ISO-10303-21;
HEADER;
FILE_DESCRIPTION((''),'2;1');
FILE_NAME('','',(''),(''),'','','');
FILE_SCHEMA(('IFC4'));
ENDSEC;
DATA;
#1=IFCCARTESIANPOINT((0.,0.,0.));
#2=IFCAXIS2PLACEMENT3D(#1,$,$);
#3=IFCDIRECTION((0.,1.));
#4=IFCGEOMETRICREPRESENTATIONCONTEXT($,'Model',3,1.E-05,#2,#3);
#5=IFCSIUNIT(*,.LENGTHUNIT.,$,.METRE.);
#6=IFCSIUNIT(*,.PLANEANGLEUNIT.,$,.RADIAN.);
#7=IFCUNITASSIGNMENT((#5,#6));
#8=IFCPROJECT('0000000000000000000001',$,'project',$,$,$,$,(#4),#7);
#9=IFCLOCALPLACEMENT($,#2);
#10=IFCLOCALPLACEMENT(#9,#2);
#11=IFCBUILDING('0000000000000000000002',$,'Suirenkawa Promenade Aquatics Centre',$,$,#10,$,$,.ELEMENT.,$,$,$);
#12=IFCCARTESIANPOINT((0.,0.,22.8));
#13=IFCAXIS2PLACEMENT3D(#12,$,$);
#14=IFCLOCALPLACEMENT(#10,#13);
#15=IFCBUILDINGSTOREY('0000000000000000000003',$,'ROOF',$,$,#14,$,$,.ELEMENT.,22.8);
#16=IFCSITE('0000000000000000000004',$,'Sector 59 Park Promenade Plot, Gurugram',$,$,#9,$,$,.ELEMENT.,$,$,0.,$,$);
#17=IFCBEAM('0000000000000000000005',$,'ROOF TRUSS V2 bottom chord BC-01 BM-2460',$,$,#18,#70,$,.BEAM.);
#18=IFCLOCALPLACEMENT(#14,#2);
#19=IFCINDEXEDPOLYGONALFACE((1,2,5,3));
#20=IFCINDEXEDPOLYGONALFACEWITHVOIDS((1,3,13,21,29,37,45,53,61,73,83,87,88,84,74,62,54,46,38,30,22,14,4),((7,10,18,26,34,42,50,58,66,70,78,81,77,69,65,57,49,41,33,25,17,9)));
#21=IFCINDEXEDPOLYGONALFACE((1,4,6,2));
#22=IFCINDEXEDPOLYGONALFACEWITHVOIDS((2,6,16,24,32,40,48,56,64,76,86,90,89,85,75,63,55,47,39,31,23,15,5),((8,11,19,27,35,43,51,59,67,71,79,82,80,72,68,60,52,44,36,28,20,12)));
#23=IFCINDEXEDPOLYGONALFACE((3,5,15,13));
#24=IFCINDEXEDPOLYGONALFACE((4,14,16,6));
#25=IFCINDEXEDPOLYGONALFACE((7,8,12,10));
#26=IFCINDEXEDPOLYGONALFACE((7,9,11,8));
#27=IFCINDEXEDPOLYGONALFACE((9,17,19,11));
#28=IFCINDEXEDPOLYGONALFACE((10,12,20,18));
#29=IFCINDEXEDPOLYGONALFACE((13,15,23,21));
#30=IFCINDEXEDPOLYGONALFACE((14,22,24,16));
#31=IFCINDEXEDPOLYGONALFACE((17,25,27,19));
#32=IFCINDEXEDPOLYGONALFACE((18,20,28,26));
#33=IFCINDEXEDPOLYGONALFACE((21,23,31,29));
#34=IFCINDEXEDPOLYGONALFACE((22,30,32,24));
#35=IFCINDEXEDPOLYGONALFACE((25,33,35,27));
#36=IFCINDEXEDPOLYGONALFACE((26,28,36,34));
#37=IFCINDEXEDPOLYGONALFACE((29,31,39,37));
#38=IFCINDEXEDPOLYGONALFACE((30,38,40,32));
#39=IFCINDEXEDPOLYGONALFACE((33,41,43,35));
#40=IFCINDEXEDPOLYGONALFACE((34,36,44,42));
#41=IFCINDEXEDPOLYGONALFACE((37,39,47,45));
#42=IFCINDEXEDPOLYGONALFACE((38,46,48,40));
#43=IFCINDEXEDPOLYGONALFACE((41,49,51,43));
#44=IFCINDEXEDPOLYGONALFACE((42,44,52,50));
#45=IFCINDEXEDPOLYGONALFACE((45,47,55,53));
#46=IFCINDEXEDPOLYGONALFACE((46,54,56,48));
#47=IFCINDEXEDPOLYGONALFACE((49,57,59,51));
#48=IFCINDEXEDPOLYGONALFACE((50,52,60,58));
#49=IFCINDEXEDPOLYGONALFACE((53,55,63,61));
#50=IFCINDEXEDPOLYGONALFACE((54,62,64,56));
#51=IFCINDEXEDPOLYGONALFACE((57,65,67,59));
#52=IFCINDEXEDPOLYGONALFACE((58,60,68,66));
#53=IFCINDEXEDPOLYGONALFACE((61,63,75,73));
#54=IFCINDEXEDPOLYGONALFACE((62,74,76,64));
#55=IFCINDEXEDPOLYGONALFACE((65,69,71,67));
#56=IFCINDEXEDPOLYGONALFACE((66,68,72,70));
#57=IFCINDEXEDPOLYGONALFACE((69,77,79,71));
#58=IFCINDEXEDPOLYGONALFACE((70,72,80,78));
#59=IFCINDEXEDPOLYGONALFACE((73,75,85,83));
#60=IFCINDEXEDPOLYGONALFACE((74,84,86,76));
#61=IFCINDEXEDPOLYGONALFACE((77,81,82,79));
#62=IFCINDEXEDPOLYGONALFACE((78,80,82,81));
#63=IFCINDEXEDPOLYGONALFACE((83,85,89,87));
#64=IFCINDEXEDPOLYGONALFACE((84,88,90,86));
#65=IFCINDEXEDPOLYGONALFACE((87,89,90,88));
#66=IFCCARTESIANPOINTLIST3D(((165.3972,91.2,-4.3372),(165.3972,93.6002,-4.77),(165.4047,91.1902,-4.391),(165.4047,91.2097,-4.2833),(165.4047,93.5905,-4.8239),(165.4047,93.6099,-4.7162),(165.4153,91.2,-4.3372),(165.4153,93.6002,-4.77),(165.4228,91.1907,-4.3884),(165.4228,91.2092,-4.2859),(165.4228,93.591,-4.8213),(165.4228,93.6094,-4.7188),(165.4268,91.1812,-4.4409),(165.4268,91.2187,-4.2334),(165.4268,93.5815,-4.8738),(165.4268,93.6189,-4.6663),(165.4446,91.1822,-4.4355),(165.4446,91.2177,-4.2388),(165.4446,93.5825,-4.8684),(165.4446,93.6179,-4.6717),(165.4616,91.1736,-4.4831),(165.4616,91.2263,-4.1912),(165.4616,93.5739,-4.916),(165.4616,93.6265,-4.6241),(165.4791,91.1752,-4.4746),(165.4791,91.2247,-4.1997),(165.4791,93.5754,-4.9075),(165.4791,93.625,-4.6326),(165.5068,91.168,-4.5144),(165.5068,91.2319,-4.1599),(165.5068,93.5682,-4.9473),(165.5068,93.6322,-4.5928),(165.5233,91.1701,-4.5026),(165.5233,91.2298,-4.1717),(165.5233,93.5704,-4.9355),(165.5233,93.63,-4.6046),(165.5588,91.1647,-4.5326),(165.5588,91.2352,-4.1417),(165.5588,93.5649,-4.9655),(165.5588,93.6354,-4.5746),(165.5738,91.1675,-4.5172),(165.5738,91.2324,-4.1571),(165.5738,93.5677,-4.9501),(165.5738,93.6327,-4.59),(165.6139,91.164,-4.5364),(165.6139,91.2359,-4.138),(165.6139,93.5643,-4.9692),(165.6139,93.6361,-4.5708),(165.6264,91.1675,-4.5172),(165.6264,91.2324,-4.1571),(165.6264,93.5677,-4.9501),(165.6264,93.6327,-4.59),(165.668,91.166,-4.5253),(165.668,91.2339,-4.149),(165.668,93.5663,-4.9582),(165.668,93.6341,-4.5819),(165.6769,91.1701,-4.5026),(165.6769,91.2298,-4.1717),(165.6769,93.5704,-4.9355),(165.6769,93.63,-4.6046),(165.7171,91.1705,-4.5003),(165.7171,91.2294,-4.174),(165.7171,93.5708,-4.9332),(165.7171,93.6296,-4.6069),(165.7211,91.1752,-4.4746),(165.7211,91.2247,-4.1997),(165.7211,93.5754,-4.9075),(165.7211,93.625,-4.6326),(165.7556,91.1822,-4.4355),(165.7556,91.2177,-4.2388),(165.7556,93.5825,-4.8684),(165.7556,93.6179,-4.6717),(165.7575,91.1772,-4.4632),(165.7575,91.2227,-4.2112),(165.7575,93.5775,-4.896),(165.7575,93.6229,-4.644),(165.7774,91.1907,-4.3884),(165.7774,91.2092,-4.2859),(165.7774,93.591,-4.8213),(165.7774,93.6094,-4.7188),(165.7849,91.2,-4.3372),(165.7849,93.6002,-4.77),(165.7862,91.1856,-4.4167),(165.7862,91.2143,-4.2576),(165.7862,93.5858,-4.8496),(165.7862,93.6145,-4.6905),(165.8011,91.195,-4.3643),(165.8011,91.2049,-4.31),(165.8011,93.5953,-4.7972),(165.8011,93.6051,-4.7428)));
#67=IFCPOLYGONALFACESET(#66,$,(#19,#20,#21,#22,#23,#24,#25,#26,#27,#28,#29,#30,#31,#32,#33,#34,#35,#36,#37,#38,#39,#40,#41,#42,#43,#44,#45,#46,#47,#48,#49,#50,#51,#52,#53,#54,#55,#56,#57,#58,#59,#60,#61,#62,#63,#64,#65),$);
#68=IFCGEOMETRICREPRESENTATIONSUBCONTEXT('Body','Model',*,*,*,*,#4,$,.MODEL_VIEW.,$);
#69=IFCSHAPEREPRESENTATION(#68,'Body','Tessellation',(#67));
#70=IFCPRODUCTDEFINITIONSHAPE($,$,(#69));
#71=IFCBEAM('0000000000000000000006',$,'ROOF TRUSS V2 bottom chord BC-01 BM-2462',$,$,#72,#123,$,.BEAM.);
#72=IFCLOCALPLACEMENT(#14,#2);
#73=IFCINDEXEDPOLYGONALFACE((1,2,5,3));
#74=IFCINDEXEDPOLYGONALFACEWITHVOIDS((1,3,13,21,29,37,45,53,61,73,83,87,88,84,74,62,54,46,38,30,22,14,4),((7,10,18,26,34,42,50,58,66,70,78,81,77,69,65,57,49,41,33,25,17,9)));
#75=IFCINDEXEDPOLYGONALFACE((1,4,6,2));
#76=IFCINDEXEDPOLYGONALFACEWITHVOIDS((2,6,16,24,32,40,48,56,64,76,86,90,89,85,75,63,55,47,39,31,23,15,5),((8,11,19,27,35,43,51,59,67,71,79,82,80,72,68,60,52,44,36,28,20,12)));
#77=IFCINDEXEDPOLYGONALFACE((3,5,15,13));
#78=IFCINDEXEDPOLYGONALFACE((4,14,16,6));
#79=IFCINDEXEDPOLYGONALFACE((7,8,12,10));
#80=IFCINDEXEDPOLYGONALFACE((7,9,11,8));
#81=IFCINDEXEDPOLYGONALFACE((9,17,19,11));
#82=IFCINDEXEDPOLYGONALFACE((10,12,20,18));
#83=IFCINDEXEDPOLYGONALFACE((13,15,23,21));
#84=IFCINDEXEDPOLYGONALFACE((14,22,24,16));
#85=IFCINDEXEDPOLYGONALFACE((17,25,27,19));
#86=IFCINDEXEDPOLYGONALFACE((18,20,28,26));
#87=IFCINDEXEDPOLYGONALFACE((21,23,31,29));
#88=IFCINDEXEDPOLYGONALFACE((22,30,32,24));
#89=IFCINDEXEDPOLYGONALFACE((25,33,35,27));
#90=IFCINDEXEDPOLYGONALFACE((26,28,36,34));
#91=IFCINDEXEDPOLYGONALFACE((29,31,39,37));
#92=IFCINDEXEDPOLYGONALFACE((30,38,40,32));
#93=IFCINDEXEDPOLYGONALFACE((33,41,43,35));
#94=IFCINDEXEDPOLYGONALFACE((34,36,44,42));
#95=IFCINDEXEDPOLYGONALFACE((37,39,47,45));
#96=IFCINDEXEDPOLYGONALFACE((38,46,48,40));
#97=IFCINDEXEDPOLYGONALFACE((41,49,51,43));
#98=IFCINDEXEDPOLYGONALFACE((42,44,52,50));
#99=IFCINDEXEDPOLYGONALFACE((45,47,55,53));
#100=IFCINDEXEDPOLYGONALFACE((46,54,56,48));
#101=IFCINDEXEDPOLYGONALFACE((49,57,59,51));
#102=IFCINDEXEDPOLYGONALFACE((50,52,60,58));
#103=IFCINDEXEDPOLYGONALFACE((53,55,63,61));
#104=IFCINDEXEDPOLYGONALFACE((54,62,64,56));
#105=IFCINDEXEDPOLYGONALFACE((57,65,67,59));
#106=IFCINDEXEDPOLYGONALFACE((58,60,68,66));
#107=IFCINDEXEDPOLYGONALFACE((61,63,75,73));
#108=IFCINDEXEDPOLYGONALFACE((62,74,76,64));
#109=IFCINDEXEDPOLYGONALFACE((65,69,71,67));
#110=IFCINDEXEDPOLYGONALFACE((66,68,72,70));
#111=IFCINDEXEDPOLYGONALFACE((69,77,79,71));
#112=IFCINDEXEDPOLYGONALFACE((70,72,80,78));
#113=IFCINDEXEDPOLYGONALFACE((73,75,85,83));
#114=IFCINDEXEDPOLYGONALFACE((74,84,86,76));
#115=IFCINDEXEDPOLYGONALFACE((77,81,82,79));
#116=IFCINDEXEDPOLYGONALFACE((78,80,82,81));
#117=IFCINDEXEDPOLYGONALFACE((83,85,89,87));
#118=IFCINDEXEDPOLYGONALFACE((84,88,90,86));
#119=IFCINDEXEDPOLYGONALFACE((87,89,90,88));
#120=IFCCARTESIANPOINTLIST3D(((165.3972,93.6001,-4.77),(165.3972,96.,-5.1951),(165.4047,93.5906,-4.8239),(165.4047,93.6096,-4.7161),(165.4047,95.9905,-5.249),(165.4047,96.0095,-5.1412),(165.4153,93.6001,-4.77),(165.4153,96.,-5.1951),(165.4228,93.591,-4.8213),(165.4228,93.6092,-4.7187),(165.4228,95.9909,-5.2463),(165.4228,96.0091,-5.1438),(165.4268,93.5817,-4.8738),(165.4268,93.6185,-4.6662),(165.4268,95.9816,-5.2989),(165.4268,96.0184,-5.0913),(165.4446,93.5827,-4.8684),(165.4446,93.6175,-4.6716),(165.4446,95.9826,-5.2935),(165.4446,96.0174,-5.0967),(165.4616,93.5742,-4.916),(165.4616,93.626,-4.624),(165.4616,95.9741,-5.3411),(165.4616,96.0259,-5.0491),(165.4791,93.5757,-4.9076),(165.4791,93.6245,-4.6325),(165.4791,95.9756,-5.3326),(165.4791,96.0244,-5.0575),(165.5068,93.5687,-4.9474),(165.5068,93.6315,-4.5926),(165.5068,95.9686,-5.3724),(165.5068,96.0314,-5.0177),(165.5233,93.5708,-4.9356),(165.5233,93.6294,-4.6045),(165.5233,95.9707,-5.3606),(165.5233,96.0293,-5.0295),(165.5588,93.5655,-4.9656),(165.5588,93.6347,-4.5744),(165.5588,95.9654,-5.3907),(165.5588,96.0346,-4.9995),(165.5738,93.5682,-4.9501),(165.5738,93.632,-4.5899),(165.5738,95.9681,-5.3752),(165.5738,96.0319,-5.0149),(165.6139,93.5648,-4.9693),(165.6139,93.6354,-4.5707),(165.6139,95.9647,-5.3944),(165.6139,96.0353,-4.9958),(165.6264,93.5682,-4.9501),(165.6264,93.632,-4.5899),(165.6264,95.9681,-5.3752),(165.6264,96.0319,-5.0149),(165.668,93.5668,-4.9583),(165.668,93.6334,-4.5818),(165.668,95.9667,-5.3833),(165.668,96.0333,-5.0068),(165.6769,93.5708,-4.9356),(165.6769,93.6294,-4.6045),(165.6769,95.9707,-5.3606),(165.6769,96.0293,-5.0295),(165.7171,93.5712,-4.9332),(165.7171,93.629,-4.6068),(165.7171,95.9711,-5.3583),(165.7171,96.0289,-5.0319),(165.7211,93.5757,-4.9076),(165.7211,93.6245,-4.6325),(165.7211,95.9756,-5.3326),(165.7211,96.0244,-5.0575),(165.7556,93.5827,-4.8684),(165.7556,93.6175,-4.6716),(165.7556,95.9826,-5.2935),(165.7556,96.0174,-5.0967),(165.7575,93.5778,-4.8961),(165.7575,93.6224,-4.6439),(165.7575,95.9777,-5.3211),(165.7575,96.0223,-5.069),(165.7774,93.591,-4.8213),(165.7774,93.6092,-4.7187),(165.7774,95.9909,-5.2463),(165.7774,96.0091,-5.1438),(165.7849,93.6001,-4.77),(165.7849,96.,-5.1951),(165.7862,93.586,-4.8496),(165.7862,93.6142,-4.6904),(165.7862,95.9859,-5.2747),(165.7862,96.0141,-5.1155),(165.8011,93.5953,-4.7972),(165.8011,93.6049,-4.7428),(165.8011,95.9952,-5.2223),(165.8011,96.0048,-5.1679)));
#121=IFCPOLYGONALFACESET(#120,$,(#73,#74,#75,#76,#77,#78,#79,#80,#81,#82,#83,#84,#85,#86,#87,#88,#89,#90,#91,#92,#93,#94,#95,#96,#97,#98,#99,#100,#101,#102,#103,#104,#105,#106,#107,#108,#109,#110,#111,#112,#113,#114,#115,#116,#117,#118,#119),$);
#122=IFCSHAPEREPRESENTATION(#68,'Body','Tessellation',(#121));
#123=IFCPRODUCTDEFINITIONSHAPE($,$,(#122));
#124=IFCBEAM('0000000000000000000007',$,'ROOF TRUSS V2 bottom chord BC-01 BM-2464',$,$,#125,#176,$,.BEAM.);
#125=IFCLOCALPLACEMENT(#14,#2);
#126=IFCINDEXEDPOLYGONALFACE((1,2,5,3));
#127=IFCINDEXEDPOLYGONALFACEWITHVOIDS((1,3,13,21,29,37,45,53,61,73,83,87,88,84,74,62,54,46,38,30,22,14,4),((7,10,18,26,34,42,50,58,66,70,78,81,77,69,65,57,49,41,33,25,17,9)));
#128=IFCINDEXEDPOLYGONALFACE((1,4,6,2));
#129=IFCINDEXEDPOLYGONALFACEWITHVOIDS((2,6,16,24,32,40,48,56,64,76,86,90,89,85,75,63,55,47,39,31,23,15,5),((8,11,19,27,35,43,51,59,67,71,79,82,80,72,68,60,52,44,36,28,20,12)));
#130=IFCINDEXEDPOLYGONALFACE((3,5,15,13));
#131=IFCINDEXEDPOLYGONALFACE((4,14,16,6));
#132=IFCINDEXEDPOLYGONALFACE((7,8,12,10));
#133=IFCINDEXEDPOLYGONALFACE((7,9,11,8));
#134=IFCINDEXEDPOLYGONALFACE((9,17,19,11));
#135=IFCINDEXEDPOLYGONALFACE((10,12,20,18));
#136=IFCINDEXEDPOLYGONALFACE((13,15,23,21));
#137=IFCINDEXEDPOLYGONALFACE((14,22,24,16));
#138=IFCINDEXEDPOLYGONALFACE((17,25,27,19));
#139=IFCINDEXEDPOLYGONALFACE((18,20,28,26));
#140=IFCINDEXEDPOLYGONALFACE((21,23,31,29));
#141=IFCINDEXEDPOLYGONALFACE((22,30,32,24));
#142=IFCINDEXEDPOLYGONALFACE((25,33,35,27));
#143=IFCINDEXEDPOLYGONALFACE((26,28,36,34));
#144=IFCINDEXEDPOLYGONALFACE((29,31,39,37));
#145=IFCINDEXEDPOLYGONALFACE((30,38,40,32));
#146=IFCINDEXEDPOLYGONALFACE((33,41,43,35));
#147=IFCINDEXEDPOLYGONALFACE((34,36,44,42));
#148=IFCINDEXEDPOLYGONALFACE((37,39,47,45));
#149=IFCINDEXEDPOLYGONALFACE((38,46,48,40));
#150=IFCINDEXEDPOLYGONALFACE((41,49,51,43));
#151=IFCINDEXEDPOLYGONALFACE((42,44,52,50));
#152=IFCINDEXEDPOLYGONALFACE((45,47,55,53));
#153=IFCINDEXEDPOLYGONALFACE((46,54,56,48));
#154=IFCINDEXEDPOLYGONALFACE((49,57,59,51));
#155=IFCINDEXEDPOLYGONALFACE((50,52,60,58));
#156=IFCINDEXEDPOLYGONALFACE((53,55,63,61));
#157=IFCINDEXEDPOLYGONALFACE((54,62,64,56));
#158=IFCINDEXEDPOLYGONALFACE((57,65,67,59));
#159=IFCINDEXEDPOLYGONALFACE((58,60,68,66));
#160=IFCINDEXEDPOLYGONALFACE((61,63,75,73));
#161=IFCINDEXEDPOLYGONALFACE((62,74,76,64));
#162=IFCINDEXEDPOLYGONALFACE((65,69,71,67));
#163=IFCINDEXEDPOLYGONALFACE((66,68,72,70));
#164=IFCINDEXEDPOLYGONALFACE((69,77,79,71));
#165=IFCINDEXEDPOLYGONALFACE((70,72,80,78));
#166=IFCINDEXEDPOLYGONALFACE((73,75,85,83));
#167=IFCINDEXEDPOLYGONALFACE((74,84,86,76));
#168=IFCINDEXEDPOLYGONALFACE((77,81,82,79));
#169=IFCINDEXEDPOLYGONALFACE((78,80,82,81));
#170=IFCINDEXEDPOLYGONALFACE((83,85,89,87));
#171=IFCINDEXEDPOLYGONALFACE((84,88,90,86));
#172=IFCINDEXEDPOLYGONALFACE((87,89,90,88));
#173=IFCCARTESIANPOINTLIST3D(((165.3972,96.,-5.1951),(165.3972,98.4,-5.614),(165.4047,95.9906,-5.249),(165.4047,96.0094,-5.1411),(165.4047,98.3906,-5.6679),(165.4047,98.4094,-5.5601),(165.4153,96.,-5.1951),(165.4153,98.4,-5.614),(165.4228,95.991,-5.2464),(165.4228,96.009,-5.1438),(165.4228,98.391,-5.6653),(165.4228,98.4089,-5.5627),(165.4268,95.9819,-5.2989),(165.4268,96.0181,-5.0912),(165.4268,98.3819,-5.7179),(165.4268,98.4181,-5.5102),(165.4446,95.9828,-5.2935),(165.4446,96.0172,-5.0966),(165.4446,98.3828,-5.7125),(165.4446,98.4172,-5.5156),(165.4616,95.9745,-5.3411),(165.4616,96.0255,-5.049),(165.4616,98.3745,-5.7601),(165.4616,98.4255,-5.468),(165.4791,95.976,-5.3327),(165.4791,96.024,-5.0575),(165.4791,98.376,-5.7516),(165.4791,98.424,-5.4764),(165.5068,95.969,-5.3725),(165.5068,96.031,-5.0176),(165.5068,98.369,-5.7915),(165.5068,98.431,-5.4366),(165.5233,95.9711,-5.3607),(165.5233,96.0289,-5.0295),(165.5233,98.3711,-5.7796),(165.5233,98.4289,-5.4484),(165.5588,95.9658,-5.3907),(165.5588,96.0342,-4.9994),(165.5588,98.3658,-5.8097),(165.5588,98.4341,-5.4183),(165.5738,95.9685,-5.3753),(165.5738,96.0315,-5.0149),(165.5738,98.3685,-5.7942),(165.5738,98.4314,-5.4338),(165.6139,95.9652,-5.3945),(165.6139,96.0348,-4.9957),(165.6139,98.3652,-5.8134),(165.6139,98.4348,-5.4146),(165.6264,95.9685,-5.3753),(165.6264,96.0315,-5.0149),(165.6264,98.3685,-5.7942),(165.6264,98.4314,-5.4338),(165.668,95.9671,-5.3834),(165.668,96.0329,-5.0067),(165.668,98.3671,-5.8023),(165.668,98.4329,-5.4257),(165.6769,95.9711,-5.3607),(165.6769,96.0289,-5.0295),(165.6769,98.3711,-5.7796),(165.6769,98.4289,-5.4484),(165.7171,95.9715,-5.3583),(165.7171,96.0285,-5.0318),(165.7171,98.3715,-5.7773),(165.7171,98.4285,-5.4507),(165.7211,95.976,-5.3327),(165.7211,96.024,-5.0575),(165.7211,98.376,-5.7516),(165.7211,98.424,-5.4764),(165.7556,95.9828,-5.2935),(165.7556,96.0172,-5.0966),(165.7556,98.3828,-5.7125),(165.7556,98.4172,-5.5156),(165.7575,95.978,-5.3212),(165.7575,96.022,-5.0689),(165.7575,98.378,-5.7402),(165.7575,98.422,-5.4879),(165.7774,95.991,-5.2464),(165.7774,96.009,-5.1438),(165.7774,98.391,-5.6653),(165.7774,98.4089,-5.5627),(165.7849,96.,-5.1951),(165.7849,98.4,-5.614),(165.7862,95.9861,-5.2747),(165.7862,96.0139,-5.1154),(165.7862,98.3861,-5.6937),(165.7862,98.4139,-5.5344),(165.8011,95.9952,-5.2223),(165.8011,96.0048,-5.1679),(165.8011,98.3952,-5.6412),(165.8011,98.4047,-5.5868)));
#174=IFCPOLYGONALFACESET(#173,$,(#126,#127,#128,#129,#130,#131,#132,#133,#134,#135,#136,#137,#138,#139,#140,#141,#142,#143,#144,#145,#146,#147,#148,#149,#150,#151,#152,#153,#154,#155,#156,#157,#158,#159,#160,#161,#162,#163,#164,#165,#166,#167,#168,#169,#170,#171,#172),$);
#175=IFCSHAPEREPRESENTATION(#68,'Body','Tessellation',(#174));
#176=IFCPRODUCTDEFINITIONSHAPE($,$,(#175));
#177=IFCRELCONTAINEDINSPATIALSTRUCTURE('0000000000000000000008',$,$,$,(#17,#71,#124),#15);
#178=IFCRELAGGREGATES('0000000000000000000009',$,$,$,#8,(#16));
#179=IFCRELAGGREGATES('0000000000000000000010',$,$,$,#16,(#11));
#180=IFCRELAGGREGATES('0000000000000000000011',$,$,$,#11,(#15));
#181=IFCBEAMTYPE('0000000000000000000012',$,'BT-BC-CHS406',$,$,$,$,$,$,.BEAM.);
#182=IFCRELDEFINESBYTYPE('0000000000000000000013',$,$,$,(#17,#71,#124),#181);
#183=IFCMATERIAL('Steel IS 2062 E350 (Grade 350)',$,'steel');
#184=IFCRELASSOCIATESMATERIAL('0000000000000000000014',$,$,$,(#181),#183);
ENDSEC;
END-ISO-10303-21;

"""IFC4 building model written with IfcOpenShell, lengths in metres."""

from ifc_helpers import new_model, si_unit, direction, frame, origin, origin_2d, place, context, subcontext, project, spatial, hollow_circle, extrude, material, material_profile, profile_set, type_object, element, save


model = new_model("IFC4")

# Units and contexts
model_context = context("Model", 3, precision=1e-05, world=origin(), true_north=direction((0.0, 1.0)))
body_context = subcontext(model_context, "Body", "Model", "MODEL_VIEW")
ifc_project = project(units=[si_unit("LENGTHUNIT", "METRE"), si_unit("PLANEANGLEUNIT", "RADIAN")], contexts=[model_context])

# Site, building, storey
site_placement = place(None, origin())
site = spatial("IfcSite", under=ifc_project, at=site_placement, Name="Sector 59 Park Promenade Plot, Gurugram", CompositionType="ELEMENT", RefElevation=0.0)
building_placement = place(site_placement, origin())
building = spatial("IfcBuilding", under=site, at=building_placement, Name="Suirenkawa Promenade Aquatics Centre", CompositionType="ELEMENT")
storey_placement = place(building_placement, frame((0.0, 0.0, 22.8)))
storey = spatial("IfcBuildingStorey", under=building, at=storey_placement, Name="ROOF", CompositionType="ELEMENT", Elevation=22.8)

# Beams
ifc_material = material(Name="Steel IS 2062 E350 (Grade 350)", Category="steel")
ifc_material_profile_1 = material_profile(ifc_material, hollow_circle(Radius=0.2029, WallThickness=0.0181, at=origin_2d()), Name="CHS 406x18", Category="steel")
ifc_profile_set_1 = profile_set([ifc_material_profile_1], Name="Steel IS 2062 E350 (Grade 350)")
beam_type_1 = type_object("IfcBeamType", Name="BT-BC-CHS406", PredefinedType="BEAM", material=ifc_profile_set_1)
beam_1_placement = place(storey_placement, frame((165.6001, 91.2, -4.3372), z_axis=(0.0, 0.984124, -0.177485), x_axis=(-1.0, 0.0, 0.0)))
element("IfcBeam", 1, at=beam_1_placement, inside=storey, type_object=beam_type_1, Name="ROOF TRUSS V2 bottom chord BC-01 BM-2460", PredefinedType="BEAM", context=body_context, shape_type="SweptSolid", body=[
    extrude(hollow_circle(Radius=0.2029, WallThickness=0.0181, at=origin_2d()), origin(), (0.0, 0.0, 1.0), 2.439),
])
beam_2_placement = place(storey_placement, frame((165.6001, 93.6001, -4.77), z_axis=(0.0, 0.984675, -0.174397), x_axis=(-1.0, 0.0, 0.0)))
element("IfcBeam", 2, at=beam_2_placement, inside=storey, type_object=beam_type_1, Name="ROOF TRUSS V2 bottom chord BC-01 BM-2462", PredefinedType="BEAM", context=body_context, shape_type="SweptSolid", body=[
    extrude(hollow_circle(Radius=0.2029, WallThickness=0.0181, at=origin_2d()), origin(), (0.0, 0.0, 1.0), 2.4373),
])
beam_3_placement = place(storey_placement, frame((165.6001, 96.0, -5.1951), z_axis=(0.0, 0.985103, -0.171967), x_axis=(-1.0, 0.0, 0.0)))
element("IfcBeam", 3, at=beam_3_placement, inside=storey, type_object=beam_type_1, Name="ROOF TRUSS V2 bottom chord BC-01 BM-2464", PredefinedType="BEAM", context=body_context, shape_type="SweptSolid", body=[
    extrude(hollow_circle(Radius=0.2029, WallThickness=0.0181, at=origin_2d()), origin(), (0.0, 0.0, 1.0), 2.4363),
])

save(model, "model.ifc")
